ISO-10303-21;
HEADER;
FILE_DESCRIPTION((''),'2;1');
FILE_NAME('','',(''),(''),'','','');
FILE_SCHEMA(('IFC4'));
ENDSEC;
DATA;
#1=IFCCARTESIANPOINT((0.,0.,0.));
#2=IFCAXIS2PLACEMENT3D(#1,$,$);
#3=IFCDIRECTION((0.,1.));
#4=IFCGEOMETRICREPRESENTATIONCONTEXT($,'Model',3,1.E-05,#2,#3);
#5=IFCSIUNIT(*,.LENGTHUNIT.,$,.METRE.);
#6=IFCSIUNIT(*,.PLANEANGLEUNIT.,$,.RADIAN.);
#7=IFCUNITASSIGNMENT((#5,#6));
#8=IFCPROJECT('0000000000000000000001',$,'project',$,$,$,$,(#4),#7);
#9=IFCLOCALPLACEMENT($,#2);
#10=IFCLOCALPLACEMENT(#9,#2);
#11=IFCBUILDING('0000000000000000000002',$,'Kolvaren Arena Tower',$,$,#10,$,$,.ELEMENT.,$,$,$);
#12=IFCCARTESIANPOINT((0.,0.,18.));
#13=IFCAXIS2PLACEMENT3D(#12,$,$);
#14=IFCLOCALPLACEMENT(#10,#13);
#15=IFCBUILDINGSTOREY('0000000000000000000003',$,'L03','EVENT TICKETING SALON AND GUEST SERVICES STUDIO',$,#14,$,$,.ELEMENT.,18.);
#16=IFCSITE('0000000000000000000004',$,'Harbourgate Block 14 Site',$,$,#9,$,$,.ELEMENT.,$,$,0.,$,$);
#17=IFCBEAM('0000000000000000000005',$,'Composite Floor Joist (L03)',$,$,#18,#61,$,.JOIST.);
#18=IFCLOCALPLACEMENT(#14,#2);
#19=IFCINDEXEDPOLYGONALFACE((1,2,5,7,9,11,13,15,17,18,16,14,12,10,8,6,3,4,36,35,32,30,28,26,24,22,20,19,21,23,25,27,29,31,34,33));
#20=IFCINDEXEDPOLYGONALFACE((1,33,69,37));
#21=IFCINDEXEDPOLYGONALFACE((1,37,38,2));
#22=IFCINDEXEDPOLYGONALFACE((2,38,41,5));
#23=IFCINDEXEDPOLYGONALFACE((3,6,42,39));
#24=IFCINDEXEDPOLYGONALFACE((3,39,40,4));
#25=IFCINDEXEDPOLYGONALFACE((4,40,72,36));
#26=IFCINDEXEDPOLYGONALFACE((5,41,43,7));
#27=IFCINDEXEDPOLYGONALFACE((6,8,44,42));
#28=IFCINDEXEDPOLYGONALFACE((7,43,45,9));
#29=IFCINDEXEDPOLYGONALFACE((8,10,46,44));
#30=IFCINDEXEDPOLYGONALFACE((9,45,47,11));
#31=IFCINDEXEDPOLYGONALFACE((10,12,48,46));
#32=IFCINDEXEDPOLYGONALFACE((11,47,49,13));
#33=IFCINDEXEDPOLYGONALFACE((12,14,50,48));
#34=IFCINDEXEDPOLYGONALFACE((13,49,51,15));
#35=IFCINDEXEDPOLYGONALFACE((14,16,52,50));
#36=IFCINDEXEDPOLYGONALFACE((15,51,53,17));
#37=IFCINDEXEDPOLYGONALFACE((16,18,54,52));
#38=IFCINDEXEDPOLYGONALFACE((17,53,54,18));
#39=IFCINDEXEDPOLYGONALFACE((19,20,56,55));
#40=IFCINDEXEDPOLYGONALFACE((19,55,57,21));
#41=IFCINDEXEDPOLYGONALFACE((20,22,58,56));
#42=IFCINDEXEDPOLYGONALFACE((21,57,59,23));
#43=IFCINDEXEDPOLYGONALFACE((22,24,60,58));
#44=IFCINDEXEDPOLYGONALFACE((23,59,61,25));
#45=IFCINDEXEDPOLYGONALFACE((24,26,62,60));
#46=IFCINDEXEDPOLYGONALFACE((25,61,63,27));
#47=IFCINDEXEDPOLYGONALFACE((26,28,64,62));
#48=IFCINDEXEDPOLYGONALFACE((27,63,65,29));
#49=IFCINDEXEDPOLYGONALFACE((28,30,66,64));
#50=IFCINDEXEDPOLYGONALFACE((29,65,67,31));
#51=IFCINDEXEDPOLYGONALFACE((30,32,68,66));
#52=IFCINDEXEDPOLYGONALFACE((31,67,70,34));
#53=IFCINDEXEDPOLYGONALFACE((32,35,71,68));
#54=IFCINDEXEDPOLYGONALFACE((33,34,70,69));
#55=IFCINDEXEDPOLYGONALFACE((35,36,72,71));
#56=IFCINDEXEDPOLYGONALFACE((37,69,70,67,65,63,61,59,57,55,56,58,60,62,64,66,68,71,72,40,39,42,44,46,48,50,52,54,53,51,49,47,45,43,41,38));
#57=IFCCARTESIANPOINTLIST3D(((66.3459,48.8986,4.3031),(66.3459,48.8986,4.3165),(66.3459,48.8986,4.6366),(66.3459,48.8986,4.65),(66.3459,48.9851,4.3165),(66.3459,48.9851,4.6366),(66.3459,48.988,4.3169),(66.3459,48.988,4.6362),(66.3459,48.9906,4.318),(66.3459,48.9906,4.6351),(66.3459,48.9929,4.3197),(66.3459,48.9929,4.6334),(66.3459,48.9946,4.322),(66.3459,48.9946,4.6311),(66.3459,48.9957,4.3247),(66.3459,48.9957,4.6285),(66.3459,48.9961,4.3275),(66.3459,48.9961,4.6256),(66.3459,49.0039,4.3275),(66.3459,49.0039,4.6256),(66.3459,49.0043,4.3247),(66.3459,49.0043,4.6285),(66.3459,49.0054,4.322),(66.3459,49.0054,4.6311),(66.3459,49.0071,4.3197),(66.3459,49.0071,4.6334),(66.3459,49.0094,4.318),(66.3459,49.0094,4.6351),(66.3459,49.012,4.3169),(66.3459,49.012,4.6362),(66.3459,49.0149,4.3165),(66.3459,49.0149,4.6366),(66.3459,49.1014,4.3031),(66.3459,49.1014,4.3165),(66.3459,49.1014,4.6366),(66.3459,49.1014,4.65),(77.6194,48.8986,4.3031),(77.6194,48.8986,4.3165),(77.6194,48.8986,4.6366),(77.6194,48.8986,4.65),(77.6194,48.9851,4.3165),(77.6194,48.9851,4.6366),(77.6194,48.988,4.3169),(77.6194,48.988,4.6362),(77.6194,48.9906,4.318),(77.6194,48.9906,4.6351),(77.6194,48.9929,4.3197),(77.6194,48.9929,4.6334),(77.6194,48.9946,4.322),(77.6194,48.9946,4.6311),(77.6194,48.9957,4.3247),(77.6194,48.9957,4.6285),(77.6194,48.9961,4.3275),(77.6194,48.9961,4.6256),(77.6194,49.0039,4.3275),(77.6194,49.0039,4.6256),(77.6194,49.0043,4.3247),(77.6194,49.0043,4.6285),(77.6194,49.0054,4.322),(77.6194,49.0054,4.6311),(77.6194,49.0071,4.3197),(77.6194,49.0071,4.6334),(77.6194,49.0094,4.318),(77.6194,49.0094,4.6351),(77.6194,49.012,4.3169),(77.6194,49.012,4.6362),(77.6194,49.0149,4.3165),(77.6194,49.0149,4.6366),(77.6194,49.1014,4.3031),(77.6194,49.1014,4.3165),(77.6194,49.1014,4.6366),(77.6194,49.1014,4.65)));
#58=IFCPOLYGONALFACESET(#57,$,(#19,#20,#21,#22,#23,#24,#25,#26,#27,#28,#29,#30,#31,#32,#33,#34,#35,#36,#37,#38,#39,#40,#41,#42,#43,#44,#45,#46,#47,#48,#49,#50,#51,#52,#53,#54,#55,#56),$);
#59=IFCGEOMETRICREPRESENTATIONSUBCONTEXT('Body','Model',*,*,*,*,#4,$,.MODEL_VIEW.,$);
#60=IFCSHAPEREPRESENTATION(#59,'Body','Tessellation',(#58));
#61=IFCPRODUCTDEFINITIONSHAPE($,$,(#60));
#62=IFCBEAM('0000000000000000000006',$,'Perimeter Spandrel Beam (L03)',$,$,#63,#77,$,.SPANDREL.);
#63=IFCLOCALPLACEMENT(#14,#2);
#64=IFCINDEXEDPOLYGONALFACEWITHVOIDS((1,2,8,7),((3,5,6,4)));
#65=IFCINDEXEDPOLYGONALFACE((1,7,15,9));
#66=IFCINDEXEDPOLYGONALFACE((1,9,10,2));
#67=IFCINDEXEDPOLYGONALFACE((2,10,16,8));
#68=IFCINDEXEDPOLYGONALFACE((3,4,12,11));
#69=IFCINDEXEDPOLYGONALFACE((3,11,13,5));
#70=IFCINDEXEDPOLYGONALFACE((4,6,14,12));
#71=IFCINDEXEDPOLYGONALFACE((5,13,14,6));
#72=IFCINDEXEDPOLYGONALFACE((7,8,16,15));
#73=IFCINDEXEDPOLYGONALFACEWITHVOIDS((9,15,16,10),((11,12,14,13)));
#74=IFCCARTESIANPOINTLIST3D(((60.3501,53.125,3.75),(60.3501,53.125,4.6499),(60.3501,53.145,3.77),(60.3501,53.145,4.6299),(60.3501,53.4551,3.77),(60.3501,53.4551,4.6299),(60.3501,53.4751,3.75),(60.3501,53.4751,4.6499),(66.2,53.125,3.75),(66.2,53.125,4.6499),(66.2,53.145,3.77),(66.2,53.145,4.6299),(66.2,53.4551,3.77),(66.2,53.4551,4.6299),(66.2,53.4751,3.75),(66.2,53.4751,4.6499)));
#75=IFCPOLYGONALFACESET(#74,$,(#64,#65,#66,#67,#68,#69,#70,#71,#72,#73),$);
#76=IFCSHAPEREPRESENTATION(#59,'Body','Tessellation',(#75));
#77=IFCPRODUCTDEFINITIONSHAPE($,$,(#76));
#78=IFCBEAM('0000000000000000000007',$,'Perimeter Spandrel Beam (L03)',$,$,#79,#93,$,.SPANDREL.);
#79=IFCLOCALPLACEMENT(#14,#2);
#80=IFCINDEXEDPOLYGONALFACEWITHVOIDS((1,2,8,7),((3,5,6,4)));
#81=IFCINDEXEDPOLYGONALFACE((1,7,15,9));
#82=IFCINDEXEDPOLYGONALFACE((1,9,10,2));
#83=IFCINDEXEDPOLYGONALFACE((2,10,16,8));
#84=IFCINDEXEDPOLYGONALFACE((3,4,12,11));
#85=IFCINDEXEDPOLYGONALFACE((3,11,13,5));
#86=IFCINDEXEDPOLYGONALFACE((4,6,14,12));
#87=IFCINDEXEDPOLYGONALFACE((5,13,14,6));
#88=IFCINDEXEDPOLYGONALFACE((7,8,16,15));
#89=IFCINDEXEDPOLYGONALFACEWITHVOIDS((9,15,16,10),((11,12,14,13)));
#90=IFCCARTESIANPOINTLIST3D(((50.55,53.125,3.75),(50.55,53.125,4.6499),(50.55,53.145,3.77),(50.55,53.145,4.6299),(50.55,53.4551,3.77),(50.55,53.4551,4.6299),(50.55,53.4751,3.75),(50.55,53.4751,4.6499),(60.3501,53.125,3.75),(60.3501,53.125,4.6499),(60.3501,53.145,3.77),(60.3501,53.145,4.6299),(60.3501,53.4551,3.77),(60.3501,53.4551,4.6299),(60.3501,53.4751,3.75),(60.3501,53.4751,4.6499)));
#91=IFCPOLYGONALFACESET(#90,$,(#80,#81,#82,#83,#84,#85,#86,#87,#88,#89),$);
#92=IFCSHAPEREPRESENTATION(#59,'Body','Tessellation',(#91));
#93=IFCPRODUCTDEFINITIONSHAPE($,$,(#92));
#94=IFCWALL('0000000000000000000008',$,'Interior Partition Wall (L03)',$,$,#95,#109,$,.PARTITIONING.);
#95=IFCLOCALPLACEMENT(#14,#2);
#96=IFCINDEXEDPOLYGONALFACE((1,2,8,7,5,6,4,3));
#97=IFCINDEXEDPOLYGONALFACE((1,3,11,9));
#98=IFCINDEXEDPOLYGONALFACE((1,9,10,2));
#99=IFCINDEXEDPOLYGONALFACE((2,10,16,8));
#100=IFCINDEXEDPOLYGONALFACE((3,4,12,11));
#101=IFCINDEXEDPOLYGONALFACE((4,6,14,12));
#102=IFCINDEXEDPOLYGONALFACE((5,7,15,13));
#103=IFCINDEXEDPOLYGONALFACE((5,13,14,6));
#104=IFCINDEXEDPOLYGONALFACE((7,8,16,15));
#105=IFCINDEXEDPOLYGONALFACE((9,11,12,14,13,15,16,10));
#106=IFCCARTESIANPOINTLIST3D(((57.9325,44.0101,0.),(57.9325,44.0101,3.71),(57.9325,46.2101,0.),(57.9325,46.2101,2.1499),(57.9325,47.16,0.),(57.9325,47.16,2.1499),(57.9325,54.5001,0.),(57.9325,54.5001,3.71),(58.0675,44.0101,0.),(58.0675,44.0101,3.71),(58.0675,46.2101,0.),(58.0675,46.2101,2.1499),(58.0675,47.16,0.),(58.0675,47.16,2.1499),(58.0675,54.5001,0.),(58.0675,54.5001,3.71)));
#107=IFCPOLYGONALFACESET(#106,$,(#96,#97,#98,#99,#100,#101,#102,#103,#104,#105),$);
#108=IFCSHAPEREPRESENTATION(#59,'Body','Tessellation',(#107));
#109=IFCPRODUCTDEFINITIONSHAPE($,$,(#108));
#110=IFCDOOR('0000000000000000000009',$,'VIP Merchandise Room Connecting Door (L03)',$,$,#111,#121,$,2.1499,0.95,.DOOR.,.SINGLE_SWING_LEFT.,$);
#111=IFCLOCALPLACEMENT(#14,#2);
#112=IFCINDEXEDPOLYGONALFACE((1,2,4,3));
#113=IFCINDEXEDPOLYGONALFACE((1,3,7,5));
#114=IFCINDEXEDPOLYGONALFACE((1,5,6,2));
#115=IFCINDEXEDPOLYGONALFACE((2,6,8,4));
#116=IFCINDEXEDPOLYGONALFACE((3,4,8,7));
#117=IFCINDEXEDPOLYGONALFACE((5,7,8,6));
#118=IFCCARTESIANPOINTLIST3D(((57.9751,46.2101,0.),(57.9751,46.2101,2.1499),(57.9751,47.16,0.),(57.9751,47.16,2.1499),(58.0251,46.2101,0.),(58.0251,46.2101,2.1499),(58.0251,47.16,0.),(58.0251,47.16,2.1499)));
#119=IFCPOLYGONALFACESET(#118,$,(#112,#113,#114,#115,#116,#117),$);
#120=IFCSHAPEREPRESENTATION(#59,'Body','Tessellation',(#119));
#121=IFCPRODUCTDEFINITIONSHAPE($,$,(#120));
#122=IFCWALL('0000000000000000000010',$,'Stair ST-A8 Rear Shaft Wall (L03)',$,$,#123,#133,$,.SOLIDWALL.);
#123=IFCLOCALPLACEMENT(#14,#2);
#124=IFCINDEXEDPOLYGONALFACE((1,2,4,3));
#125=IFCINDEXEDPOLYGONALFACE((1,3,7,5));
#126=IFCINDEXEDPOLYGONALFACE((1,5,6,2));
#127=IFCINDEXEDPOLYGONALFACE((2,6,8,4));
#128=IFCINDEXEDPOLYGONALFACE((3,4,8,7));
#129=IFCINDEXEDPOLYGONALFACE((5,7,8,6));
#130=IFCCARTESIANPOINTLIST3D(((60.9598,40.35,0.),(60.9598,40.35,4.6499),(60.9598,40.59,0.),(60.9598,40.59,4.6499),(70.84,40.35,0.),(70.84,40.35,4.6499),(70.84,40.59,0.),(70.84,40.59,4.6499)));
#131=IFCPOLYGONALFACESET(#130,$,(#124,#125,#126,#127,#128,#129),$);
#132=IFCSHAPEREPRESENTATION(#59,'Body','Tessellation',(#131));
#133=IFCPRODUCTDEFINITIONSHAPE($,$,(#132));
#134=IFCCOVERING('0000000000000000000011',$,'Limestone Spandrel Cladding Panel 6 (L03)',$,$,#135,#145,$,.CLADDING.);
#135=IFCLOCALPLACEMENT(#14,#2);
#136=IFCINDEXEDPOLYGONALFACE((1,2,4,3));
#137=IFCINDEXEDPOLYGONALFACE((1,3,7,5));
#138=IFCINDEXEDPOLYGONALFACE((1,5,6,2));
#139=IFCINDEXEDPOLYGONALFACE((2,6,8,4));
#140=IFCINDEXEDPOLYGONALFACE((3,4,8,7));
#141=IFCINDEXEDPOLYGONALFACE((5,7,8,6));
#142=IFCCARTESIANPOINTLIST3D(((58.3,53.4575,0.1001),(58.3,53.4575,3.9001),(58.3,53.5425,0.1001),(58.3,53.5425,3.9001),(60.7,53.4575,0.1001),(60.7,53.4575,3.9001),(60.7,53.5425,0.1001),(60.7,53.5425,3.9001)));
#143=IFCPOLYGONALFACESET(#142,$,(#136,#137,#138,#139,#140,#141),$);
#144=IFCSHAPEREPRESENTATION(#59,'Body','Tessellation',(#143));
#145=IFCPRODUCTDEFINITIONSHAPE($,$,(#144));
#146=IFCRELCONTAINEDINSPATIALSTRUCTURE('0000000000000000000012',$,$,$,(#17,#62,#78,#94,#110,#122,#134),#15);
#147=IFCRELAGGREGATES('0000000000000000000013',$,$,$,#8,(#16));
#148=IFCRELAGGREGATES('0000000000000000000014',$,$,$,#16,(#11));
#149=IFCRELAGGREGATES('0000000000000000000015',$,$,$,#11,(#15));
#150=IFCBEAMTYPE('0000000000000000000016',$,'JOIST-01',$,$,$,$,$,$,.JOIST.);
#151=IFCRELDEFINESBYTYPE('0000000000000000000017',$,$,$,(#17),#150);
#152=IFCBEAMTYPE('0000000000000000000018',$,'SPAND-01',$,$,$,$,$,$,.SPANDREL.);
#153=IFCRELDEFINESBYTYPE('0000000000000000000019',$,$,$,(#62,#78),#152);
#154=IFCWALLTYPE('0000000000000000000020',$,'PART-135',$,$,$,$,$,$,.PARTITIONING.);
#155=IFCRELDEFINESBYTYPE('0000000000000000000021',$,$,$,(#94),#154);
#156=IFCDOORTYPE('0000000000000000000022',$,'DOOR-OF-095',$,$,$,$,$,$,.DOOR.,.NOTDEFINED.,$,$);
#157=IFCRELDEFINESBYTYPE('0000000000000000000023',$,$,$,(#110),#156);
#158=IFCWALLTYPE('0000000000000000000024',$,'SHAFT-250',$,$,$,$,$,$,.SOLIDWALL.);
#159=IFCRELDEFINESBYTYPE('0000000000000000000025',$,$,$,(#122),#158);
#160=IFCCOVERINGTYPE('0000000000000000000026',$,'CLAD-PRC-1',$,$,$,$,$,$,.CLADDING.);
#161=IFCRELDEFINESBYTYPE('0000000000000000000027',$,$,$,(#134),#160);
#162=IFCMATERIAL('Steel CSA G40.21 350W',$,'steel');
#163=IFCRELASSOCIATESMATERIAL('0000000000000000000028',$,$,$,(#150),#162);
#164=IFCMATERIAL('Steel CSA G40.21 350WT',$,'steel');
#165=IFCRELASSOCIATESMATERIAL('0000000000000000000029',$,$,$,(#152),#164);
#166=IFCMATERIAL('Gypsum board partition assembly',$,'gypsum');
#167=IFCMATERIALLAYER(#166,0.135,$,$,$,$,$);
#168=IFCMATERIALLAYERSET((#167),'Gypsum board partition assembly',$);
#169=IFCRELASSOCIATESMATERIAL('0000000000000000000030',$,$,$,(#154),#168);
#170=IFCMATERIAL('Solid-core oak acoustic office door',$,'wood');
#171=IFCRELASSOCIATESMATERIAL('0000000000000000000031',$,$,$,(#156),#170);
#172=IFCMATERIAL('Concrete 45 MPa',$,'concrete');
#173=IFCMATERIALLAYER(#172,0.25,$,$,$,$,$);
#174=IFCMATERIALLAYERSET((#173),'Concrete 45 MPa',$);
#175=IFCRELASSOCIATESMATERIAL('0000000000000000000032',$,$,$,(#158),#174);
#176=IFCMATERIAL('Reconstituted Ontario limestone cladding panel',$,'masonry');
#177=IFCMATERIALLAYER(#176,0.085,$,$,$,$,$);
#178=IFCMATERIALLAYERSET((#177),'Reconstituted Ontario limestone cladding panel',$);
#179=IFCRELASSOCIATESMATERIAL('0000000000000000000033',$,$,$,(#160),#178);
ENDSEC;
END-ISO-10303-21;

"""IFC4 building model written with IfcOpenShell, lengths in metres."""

from ifc_helpers import new_model, si_unit, direction, frame, frame_2d, origin, origin_2d, place, context, subcontext, project, spatial, rectangle, hollow_rectangle, i_section, extrude, material, layer, layer_set, material_profile, profile_set, type_object, element, fill, save


model = new_model("IFC4")

# Units and contexts
model_context = context("Model", 3, precision=1e-05, world=origin(), true_north=direction((0.0, 1.0)))
body_context = subcontext(model_context, "Body", "Model", "MODEL_VIEW")
ifc_project = project(units=[si_unit("LENGTHUNIT", "METRE"), si_unit("PLANEANGLEUNIT", "RADIAN")], contexts=[model_context])

# Site, building, storey
site_placement = place(None, origin())
site = spatial("IfcSite", under=ifc_project, at=site_placement, Name="Harbourgate Block 14 Site", CompositionType="ELEMENT", RefElevation=0.0)
building_placement = place(site_placement, origin())
building = spatial("IfcBuilding", under=site, at=building_placement, Name="Kolvaren Arena Tower", CompositionType="ELEMENT")
storey_placement = place(building_placement, frame((0.0, 0.0, 18.0)))
storey = spatial("IfcBuildingStorey", under=building, at=storey_placement, Name="L03", Description="EVENT TICKETING SALON AND GUEST SERVICES STUDIO", CompositionType="ELEMENT", Elevation=18.0)

# Beams
ifc_material_1 = material(Name="Steel CSA G40.21 350W", Category="steel")
ifc_material_profile_1 = material_profile(ifc_material_1, i_section(OverallWidth=0.2029, OverallDepth=0.3469, WebThickness=0.0078, FlangeThickness=0.0134, FilletRadius=0.011, at=origin_2d()), Name="W360x64")
ifc_profile_set_1 = profile_set([ifc_material_profile_1], Name="Steel CSA G40.21 350W")
beam_type_1 = type_object("IfcBeamType", Name="JOIST-01", PredefinedType="JOIST", material=ifc_profile_set_1)
beam_1_placement = place(storey_placement, frame((66.3459, 49.0, 4.4766), z_axis=(1.0, 0.0, 0.0), x_axis=(0.0, 1.0, 0.0)))
element("IfcBeam", 1, at=beam_1_placement, inside=storey, type_object=beam_type_1, Name="Composite Floor Joist (L03)", PredefinedType="JOIST", context=body_context, shape_type="SweptSolid", body=[
    extrude(i_section(OverallWidth=0.2029, OverallDepth=0.3469, WebThickness=0.0078, FlangeThickness=0.0134, FilletRadius=0.011, at=origin_2d()), origin(), (0.0, 0.0, 1.0), 11.2734),
])
ifc_material_2 = material(Name="Steel CSA G40.21 350WT", Category="steel")
ifc_material_profile_2 = material_profile(ifc_material_2, hollow_rectangle(XDim=0.3501, YDim=0.8999, WallThickness=0.02, at=origin_2d()), Name="HSS 900x350x20")
ifc_profile_set_2 = profile_set([ifc_material_profile_2], Name="Steel CSA G40.21 350WT")
beam_type_2 = type_object("IfcBeamType", Name="SPAND-01", PredefinedType="SPANDREL", material=ifc_profile_set_2)
beam_2_placement = place(storey_placement, frame((66.2, 53.3, 4.2), z_axis=(-1.0, 0.0, 0.0), x_axis=(0.0, -1.0, 0.0)))
element("IfcBeam", 2, at=beam_2_placement, inside=storey, type_object=beam_type_2, Name="Perimeter Spandrel Beam (L03)", PredefinedType="SPANDREL", context=body_context, shape_type="SweptSolid", body=[
    extrude(hollow_rectangle(XDim=0.3501, YDim=0.8999, WallThickness=0.02, at=origin_2d()), origin(), (0.0, 0.0, 1.0), 5.8499),
])
beam_3_placement = place(storey_placement, frame((60.3501, 53.3, 4.2), z_axis=(-1.0, 0.0, 0.0), x_axis=(0.0, -1.0, 0.0)))
element("IfcBeam", 3, at=beam_3_placement, inside=storey, type_object=beam_type_2, Name="Perimeter Spandrel Beam (L03)", PredefinedType="SPANDREL", context=body_context, shape_type="SweptSolid", body=[
    extrude(hollow_rectangle(XDim=0.3501, YDim=0.8999, WallThickness=0.02, at=origin_2d()), origin(), (0.0, 0.0, 1.0), 9.8),
])

# Wall, opening, door
ifc_material_3 = material(Name="Gypsum board partition assembly", Category="gypsum")
ifc_layer_1 = layer(ifc_material_3, 0.135)
ifc_layer_set_1 = layer_set([ifc_layer_1], Name="Gypsum board partition assembly")
wall_type_1 = type_object("IfcWallType", Name="PART-135", PredefinedType="PARTITIONING", material=ifc_layer_set_1)
wall_1_placement = place(storey_placement, frame((58.0, 44.01, 0.0), z_axis=(0.0, 0.0, 1.0), x_axis=(0.0, 1.0, 0.0)))
wall_1 = element("IfcWall", 4, at=wall_1_placement, inside=storey, type_object=wall_type_1, Name="Interior Partition Wall (L03)", PredefinedType="PARTITIONING", context=body_context, shape_type="SweptSolid", body=[
    extrude(rectangle(XDim=10.49, YDim=0.135, at=frame_2d((5.2451, 0.0))), origin(), (0.0, 0.0, 1.0), 3.71),
])
opening_placement = place(wall_1_placement, frame((2.2, 0.0, 0.0)))
opening = element("IfcOpeningElement", 5, at=opening_placement, cuts=wall_1, PredefinedType="OPENING", context=body_context, shape_type="SweptSolid", body=[
    extrude(rectangle(XDim=0.95, YDim=2.1499, at=frame_2d((0.4751, 1.075))), frame((0.0, 0.0774, 0.0), z_axis=(0.0, -1.0, 0.0), x_axis=(1.0, 0.0, 0.0)), (0.0, 0.0, 1.0), 0.155),
])
ifc_material_4 = material(Name="Solid-core oak acoustic office door", Category="wood")
door_type = type_object("IfcDoorType", Name="DOOR-OF-095", OperationType="NOTDEFINED", PredefinedType="DOOR", material=ifc_material_4)
door_placement = place(opening_placement, origin())
door = element("IfcDoor", 6, at=door_placement, inside=storey, type_object=door_type, Name="VIP Merchandise Room Connecting Door (L03)", OperationType="SINGLE_SWING_LEFT", OverallHeight=2.1499, OverallWidth=0.95, PredefinedType="DOOR", context=body_context, shape_type="SweptSolid", body=[
    extrude(rectangle(XDim=0.95, YDim=2.1499, at=frame_2d((0.4751, 1.075))), frame((0.0, 0.0249, 0.0), z_axis=(0.0, -1.0, 0.0), x_axis=(1.0, 0.0, 0.0)), (0.0, 0.0, 1.0), 0.05),
])
fill(opening, door)

# Wall
ifc_material_5 = material(Name="Concrete 45 MPa", Category="concrete")
ifc_layer_2 = layer(ifc_material_5, 0.25)
ifc_layer_set_2 = layer_set([ifc_layer_2], Name="Concrete 45 MPa")
wall_type_2 = type_object("IfcWallType", Name="SHAFT-250", PredefinedType="SOLIDWALL", material=ifc_layer_set_2)
wall_2_placement = place(storey_placement, frame((60.96, 40.47, 0.0), z_axis=(0.0, 0.0, 1.0), x_axis=(1.0, 0.0, 0.0)))
element("IfcWall", 7, at=wall_2_placement, inside=storey, type_object=wall_type_2, Name="Stair ST-A8 Rear Shaft Wall (L03)", PredefinedType="SOLIDWALL", context=body_context, shape_type="SweptSolid", body=[
    extrude(rectangle(XDim=9.8801, YDim=0.24, at=frame_2d((4.9399, 0.0))), origin(), (0.0, 0.0, 1.0), 4.6499),
])

# Covering
ifc_material_6 = material(Name="Reconstituted Ontario limestone cladding panel", Category="masonry")
ifc_layer_3 = layer(ifc_material_6, 0.085)
ifc_layer_set_3 = layer_set([ifc_layer_3], Name="Reconstituted Ontario limestone cladding panel")
covering_type = type_object("IfcCoveringType", Name="CLAD-PRC-1", PredefinedType="CLADDING", material=ifc_layer_set_3)
covering_placement = place(storey_placement, frame((59.5, 53.5, 0.1001), z_axis=(0.0, 0.0, 1.0), x_axis=(1.0, 0.0, 0.0)))
element("IfcCovering", 8, at=covering_placement, inside=storey, type_object=covering_type, Name="Limestone Spandrel Cladding Panel 6 (L03)", PredefinedType="CLADDING", context=body_context, shape_type="SweptSolid", body=[
    extrude(rectangle(XDim=2.3999, YDim=0.085, at=origin_2d()), origin(), (0.0, 0.0, 1.0), 3.8),
])

save(model, "model.ifc")
